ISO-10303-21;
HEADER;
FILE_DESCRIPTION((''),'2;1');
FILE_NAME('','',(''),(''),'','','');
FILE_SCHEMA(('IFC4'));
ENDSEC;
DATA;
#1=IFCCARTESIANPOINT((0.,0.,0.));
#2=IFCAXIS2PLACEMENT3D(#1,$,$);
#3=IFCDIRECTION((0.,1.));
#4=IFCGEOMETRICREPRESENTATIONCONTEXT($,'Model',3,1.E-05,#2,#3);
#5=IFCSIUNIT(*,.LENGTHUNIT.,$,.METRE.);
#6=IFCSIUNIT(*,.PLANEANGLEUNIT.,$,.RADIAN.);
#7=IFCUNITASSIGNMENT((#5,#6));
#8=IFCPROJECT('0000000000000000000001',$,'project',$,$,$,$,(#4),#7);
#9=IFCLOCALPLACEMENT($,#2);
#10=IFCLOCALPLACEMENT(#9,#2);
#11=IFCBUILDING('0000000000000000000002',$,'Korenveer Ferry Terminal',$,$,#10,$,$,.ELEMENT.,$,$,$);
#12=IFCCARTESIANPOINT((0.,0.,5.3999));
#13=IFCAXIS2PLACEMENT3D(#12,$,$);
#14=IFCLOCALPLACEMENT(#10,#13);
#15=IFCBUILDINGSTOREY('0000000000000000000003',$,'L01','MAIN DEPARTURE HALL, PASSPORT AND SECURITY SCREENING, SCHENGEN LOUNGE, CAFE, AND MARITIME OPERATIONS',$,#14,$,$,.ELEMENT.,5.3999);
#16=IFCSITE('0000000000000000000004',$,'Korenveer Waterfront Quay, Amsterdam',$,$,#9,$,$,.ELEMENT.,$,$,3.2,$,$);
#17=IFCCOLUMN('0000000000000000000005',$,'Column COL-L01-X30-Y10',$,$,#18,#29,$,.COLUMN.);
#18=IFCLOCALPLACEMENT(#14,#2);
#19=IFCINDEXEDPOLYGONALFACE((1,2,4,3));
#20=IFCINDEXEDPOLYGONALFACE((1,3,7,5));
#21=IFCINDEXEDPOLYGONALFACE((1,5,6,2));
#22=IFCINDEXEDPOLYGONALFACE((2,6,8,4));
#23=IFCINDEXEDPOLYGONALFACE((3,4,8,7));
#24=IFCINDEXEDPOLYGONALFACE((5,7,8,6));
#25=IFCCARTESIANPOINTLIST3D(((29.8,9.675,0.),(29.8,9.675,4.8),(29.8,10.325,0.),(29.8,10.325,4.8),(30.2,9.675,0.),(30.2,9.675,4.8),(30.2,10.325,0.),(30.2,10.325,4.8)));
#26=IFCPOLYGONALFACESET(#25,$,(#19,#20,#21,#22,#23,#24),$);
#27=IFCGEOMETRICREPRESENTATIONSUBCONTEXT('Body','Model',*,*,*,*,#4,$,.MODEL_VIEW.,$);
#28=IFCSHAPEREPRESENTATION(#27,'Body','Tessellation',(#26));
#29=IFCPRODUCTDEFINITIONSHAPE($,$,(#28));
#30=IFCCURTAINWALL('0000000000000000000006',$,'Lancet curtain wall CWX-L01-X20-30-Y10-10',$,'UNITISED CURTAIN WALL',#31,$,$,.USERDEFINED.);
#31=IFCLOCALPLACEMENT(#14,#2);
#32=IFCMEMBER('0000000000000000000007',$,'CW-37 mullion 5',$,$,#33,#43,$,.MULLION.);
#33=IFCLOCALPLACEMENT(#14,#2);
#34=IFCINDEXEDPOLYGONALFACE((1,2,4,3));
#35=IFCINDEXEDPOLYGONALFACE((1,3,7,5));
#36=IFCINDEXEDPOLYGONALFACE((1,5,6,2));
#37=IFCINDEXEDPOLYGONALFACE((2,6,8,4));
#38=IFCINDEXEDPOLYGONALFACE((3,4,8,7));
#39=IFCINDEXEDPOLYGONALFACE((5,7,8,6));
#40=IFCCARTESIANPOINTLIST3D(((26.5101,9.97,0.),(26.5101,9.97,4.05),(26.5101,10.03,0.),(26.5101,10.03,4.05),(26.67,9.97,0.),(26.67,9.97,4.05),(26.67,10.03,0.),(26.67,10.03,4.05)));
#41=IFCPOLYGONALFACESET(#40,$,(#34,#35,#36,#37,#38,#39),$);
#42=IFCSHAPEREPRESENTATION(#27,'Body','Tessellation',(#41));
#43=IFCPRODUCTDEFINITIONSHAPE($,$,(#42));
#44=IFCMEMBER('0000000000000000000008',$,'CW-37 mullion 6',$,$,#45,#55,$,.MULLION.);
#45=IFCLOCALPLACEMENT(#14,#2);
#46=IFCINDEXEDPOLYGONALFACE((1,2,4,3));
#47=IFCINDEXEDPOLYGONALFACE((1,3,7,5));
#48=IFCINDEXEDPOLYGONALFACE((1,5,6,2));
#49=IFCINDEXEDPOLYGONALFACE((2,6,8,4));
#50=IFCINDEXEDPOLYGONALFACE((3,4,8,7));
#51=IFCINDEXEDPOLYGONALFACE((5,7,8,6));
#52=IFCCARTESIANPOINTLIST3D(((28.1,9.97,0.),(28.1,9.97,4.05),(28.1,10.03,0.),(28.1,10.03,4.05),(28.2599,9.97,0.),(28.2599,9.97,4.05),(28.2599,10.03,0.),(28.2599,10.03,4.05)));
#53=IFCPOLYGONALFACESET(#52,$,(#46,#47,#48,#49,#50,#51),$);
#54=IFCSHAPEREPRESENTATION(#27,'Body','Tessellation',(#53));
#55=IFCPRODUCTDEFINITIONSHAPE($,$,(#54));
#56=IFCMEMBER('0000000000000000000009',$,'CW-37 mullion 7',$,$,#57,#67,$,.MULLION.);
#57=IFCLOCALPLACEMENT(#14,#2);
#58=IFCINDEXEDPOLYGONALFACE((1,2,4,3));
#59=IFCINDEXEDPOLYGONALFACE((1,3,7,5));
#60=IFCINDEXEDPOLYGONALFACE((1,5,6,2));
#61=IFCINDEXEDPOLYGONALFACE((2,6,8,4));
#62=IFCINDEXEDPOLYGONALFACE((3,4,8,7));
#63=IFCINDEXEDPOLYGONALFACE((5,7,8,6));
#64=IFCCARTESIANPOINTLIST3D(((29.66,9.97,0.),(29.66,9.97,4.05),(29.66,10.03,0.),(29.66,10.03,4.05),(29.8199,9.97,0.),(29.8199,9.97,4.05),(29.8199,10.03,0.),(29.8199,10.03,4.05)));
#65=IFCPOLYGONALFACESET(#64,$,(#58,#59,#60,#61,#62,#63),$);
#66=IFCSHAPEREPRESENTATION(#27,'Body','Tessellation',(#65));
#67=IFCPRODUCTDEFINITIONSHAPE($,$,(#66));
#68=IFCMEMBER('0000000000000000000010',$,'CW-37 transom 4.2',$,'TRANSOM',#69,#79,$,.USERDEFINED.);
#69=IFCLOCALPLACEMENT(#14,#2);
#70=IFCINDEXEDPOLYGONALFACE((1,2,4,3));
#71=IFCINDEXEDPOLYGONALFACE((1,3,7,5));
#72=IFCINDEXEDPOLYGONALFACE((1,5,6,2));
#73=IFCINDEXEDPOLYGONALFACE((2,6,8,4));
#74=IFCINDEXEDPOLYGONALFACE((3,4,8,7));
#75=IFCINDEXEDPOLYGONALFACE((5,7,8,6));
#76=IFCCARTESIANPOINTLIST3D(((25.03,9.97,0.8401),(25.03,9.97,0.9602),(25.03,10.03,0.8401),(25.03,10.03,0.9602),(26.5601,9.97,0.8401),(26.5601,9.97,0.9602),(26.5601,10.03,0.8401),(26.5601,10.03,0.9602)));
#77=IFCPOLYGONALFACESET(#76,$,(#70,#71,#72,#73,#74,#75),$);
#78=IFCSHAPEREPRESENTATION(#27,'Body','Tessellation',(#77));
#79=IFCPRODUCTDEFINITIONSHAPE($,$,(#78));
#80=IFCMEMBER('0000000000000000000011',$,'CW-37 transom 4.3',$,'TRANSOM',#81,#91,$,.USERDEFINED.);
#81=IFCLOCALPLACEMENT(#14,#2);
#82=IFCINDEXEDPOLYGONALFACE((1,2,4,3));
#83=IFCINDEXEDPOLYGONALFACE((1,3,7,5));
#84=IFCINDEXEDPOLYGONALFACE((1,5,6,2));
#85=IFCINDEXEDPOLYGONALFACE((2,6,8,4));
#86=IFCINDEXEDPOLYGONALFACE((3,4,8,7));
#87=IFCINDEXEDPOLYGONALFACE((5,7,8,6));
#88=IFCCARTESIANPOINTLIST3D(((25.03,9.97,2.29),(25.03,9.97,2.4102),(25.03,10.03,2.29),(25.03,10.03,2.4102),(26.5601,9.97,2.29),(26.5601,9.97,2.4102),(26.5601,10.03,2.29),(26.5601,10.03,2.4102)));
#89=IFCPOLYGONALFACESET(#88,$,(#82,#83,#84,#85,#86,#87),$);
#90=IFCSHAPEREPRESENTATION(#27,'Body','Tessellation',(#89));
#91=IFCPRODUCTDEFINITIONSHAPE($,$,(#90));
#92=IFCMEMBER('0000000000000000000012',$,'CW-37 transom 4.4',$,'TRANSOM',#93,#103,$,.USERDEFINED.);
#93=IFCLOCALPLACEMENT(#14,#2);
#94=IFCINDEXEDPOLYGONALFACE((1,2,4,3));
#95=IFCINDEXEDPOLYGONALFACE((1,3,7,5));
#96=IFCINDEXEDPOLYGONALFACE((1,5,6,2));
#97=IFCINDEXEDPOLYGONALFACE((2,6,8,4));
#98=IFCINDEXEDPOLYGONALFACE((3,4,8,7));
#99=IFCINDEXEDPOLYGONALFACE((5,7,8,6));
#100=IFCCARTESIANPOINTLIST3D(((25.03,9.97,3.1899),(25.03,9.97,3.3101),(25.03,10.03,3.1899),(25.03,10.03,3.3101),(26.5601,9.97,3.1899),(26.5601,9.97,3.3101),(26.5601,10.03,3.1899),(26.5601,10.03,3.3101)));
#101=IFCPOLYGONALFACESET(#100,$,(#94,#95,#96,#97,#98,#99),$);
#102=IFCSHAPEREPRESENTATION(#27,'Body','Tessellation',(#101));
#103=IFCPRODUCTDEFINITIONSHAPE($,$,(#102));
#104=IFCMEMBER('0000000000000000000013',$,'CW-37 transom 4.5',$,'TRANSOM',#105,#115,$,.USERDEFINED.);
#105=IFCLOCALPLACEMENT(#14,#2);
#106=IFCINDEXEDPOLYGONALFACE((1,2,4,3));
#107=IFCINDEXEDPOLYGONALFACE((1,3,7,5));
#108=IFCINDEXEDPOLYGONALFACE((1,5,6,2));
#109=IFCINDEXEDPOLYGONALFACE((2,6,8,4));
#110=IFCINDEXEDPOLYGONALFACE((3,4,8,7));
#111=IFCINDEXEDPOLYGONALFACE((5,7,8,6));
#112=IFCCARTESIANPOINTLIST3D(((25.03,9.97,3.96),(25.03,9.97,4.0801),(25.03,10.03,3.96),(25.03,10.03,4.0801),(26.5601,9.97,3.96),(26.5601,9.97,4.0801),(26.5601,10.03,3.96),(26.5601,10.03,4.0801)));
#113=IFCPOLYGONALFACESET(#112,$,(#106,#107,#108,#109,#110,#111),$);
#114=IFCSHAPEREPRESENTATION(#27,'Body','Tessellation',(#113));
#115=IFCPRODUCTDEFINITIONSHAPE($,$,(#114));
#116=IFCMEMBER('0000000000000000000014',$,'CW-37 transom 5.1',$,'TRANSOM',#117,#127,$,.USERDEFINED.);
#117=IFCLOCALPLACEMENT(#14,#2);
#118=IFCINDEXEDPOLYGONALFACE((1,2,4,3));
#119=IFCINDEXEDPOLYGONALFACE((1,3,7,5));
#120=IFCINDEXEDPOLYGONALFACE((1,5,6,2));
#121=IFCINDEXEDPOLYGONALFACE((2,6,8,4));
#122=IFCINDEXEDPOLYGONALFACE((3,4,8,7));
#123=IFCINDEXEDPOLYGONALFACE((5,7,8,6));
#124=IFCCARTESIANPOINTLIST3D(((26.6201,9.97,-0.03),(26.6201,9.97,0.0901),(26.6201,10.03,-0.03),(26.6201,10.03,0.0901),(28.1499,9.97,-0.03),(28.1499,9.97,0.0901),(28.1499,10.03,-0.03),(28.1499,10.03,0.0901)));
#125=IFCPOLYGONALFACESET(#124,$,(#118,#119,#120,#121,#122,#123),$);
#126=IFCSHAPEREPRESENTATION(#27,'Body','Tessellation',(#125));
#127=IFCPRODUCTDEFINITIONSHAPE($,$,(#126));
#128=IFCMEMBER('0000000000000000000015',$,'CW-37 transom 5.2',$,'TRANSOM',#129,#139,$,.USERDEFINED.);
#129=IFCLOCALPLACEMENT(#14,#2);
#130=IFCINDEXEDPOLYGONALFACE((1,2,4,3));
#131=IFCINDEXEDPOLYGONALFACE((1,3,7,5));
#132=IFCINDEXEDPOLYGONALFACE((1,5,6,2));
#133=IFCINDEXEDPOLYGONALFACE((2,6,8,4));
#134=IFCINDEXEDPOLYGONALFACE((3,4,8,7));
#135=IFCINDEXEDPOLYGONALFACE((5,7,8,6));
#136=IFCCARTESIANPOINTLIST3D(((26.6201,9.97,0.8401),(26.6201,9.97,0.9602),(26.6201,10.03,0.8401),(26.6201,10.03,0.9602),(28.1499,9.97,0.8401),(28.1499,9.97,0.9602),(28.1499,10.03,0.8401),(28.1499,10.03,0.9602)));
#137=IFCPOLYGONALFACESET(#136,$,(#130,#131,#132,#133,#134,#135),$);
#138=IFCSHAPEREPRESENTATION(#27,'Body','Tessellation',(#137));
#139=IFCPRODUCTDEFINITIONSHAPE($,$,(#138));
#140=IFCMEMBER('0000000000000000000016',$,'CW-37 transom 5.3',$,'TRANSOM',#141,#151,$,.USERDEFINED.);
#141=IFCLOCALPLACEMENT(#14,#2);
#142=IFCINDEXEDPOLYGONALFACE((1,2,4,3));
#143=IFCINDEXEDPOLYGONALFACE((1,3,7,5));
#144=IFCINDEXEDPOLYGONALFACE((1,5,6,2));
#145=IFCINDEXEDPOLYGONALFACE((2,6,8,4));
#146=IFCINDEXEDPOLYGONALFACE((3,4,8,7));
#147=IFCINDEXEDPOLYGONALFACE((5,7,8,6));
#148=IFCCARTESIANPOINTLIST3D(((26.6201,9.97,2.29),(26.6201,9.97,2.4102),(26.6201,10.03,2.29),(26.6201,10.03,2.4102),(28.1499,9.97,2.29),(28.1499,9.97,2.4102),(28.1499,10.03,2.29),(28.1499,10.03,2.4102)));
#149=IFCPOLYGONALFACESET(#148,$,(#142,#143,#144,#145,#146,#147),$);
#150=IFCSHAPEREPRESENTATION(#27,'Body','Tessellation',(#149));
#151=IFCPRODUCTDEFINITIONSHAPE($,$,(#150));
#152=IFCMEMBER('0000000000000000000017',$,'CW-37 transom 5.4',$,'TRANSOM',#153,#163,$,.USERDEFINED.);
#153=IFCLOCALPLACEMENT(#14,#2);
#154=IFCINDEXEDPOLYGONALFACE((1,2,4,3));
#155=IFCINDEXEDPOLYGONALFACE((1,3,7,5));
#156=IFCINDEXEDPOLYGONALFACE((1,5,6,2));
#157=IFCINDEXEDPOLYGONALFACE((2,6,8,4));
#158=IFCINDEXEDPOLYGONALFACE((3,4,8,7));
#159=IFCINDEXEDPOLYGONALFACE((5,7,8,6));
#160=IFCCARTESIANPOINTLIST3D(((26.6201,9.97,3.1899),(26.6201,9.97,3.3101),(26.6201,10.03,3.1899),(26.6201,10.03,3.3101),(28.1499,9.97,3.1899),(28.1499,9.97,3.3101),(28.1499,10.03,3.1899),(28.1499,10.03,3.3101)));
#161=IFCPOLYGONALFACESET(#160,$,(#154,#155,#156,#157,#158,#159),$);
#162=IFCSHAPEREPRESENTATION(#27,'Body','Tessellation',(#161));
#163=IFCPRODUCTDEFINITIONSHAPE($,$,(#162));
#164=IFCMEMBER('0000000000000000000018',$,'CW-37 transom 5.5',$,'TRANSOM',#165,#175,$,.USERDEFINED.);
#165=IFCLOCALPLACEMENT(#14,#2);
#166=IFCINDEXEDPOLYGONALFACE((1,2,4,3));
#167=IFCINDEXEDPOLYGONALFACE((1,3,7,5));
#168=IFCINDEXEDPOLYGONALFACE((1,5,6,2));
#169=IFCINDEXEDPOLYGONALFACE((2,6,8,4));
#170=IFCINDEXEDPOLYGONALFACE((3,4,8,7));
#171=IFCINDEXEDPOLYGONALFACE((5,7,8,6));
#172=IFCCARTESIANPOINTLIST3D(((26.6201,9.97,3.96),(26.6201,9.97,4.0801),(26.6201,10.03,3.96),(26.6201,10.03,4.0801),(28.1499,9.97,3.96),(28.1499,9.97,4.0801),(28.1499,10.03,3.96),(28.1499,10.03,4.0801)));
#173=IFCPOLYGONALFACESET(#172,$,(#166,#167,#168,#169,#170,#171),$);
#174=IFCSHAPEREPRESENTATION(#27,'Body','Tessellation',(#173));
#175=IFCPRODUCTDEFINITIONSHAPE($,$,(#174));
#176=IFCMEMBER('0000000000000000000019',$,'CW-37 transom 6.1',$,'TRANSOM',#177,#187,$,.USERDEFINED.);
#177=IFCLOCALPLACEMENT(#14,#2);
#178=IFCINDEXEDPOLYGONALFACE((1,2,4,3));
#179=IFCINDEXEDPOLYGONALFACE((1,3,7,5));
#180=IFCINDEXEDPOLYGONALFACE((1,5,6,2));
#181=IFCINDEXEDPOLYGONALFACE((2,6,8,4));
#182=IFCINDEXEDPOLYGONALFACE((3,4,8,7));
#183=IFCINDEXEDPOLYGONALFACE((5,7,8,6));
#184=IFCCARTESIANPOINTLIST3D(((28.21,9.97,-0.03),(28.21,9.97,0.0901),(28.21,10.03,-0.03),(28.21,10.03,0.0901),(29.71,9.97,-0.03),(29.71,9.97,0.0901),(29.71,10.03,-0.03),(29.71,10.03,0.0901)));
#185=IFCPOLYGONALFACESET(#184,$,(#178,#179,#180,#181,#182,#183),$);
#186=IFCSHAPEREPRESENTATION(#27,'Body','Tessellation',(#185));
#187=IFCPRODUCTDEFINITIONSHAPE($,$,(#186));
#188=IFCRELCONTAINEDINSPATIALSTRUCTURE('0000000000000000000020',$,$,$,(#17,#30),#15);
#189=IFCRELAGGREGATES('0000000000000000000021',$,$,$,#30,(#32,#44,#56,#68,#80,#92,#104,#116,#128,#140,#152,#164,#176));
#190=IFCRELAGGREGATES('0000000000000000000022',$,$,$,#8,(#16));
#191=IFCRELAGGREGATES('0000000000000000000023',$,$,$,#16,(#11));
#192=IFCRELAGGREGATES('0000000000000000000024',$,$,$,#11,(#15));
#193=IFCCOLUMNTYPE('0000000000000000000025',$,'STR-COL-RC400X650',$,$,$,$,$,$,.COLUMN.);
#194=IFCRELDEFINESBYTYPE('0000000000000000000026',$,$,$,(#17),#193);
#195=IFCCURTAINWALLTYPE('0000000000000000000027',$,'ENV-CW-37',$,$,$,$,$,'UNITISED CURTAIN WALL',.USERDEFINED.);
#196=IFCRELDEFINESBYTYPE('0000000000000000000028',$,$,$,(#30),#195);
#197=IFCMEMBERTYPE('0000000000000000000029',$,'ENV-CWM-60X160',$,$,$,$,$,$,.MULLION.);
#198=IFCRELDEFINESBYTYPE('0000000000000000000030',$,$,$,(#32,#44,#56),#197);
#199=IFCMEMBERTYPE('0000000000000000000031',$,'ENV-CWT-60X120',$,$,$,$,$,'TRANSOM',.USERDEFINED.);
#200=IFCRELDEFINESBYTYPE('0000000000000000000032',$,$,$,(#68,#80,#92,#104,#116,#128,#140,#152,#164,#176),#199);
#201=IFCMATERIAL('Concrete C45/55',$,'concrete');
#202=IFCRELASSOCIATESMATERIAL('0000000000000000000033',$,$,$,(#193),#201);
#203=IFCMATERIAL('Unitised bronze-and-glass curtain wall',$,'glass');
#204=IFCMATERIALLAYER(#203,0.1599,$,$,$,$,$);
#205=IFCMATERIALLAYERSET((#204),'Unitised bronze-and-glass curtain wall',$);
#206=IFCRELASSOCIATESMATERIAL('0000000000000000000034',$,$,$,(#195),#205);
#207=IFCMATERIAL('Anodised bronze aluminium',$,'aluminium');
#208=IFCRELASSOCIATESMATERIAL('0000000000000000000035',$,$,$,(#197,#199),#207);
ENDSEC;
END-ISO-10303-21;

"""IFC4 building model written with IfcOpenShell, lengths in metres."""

from ifc_helpers import new_model, si_unit, direction, frame, origin, origin_2d, place, context, subcontext, project, spatial, rectangle, extrude, material, layer, layer_set, material_profile, profile_set, type_object, element, aggregate, save


model = new_model("IFC4")

# Units and contexts
model_context = context("Model", 3, precision=1e-05, world=origin(), true_north=direction((0.0, 1.0)))
body_context = subcontext(model_context, "Body", "Model", "MODEL_VIEW")
ifc_project = project(units=[si_unit("LENGTHUNIT", "METRE"), si_unit("PLANEANGLEUNIT", "RADIAN")], contexts=[model_context])

# Site, building, storey
site_placement = place(None, origin())
site = spatial("IfcSite", under=ifc_project, at=site_placement, Name="Korenveer Waterfront Quay, Amsterdam", CompositionType="ELEMENT", RefElevation=3.2)
building_placement = place(site_placement, origin())
building = spatial("IfcBuilding", under=site, at=building_placement, Name="Korenveer Ferry Terminal", CompositionType="ELEMENT")
storey_placement = place(building_placement, frame((0.0, 0.0, 5.3999)))
storey = spatial("IfcBuildingStorey", under=building, at=storey_placement, Name="L01", Description="MAIN DEPARTURE HALL, PASSPORT AND SECURITY SCREENING, SCHENGEN LOUNGE, CAFE, AND MARITIME OPERATIONS", CompositionType="ELEMENT", Elevation=5.3999)

# Column
ifc_material_1 = material(Name="Concrete C45/55", Category="concrete")
ifc_material_profile_1 = material_profile(ifc_material_1, rectangle(XDim=0.3999, YDim=0.6499, at=origin_2d()), Name="RC 400x650")
ifc_profile_set_1 = profile_set([ifc_material_profile_1], Name="Concrete C45/55")
column_type = type_object("IfcColumnType", Name="STR-COL-RC400X650", PredefinedType="COLUMN", material=ifc_profile_set_1)
column_placement = place(storey_placement, frame((30.0, 10.0, 0.0), z_axis=(0.0, 0.0, 1.0), x_axis=(1.0, 0.0, 0.0)))
element("IfcColumn", 1, at=column_placement, inside=storey, type_object=column_type, Name="Column COL-L01-X30-Y10", PredefinedType="COLUMN", context=body_context, shape_type="SweptSolid", body=[
    extrude(rectangle(XDim=0.3999, YDim=0.6499, at=origin_2d()), origin(), (0.0, 0.0, 1.0), 4.8),
])

# Curtain wall, members
ifc_material_2 = material(Name="Unitised bronze-and-glass curtain wall", Category="glass")
ifc_layer_1 = layer(ifc_material_2, 0.1599)
ifc_layer_set_1 = layer_set([ifc_layer_1], Name="Unitised bronze-and-glass curtain wall")
curtain_wall_type = type_object("IfcCurtainWallType", Name="ENV-CW-37", ElementType="UNITISED CURTAIN WALL", PredefinedType="USERDEFINED", material=ifc_layer_set_1)
curtain_wall_placement = place(storey_placement, frame((20.23, 10.0, 0.0)))
curtain_wall = element("IfcCurtainWall", 2, at=curtain_wall_placement, inside=storey, type_object=curtain_wall_type, Name="Lancet curtain wall CWX-L01-X20-30-Y10-10", ObjectType="UNITISED CURTAIN WALL", PredefinedType="USERDEFINED")
ifc_material_3 = material(Name="Anodised bronze aluminium", Category="aluminium")
ifc_material_profile_2 = material_profile(ifc_material_3, rectangle(XDim=0.0601, YDim=0.1599, at=origin_2d()), Name="ALU 60x160")
ifc_profile_set_2 = profile_set([ifc_material_profile_2], Name="Anodised bronze aluminium")
member_type_1 = type_object("IfcMemberType", Name="ENV-CWM-60X160", PredefinedType="MULLION", material=ifc_profile_set_2)
member_1_placement = place(storey_placement, frame((26.5901, 10.0, 0.0), z_axis=(0.0, 0.0, 1.0), x_axis=(0.0, 1.0, 0.0)))
member_1 = element("IfcMember", 3, at=member_1_placement, type_object=member_type_1, Name="CW-37 mullion 5", PredefinedType="MULLION", context=body_context, shape_type="SweptSolid", body=[
    extrude(rectangle(XDim=0.0601, YDim=0.1599, at=origin_2d()), origin(), (0.0, 0.0, 1.0), 4.05),
])
member_2_placement = place(storey_placement, frame((28.1799, 10.0, 0.0), z_axis=(0.0, 0.0, 1.0), x_axis=(0.0, 1.0, 0.0)))
member_2 = element("IfcMember", 4, at=member_2_placement, type_object=member_type_1, Name="CW-37 mullion 6", PredefinedType="MULLION", context=body_context, shape_type="SweptSolid", body=[
    extrude(rectangle(XDim=0.0601, YDim=0.1599, at=origin_2d()), origin(), (0.0, 0.0, 1.0), 4.05),
])
member_3_placement = place(storey_placement, frame((29.74, 10.0, 0.0), z_axis=(0.0, 0.0, 1.0), x_axis=(0.0, 1.0, 0.0)))
member_3 = element("IfcMember", 5, at=member_3_placement, type_object=member_type_1, Name="CW-37 mullion 7", PredefinedType="MULLION", context=body_context, shape_type="SweptSolid", body=[
    extrude(rectangle(XDim=0.0601, YDim=0.1599, at=origin_2d()), origin(), (0.0, 0.0, 1.0), 4.05),
])
ifc_material_profile_3 = material_profile(ifc_material_3, rectangle(XDim=0.0601, YDim=0.1201, at=origin_2d()), Name="ALU 60x120")
ifc_profile_set_3 = profile_set([ifc_material_profile_3], Name="Anodised bronze aluminium")
member_type_2 = type_object("IfcMemberType", Name="ENV-CWT-60X120", ElementType="TRANSOM", PredefinedType="USERDEFINED", material=ifc_profile_set_3)
member_4_placement = place(storey_placement, frame((25.03, 10.0, 0.9001), z_axis=(1.0, 0.0, 0.0), x_axis=(0.0, 1.0, 0.0)))
member_4 = element("IfcMember", 6, at=member_4_placement, type_object=member_type_2, Name="CW-37 transom 4.2", ObjectType="TRANSOM", PredefinedType="USERDEFINED", context=body_context, shape_type="SweptSolid", body=[
    extrude(rectangle(XDim=0.0601, YDim=0.1201, at=origin_2d()), origin(), (0.0, 0.0, 1.0), 1.53),
])
member_5_placement = place(storey_placement, frame((25.03, 10.0, 2.3501), z_axis=(1.0, 0.0, 0.0), x_axis=(0.0, 1.0, 0.0)))
member_5 = element("IfcMember", 7, at=member_5_placement, type_object=member_type_2, Name="CW-37 transom 4.3", ObjectType="TRANSOM", PredefinedType="USERDEFINED", context=body_context, shape_type="SweptSolid", body=[
    extrude(rectangle(XDim=0.0601, YDim=0.1201, at=origin_2d()), origin(), (0.0, 0.0, 1.0), 1.53),
])
member_6_placement = place(storey_placement, frame((25.03, 10.0, 3.25), z_axis=(1.0, 0.0, 0.0), x_axis=(0.0, 1.0, 0.0)))
member_6 = element("IfcMember", 8, at=member_6_placement, type_object=member_type_2, Name="CW-37 transom 4.4", ObjectType="TRANSOM", PredefinedType="USERDEFINED", context=body_context, shape_type="SweptSolid", body=[
    extrude(rectangle(XDim=0.0601, YDim=0.1201, at=origin_2d()), origin(), (0.0, 0.0, 1.0), 1.53),
])
member_7_placement = place(storey_placement, frame((25.03, 10.0, 4.02), z_axis=(1.0, 0.0, 0.0), x_axis=(0.0, 1.0, 0.0)))
member_7 = element("IfcMember", 9, at=member_7_placement, type_object=member_type_2, Name="CW-37 transom 4.5", ObjectType="TRANSOM", PredefinedType="USERDEFINED", context=body_context, shape_type="SweptSolid", body=[
    extrude(rectangle(XDim=0.0601, YDim=0.1201, at=origin_2d()), origin(), (0.0, 0.0, 1.0), 1.53),
])
member_8_placement = place(storey_placement, frame((26.6201, 10.0, 0.03), z_axis=(1.0, 0.0, 0.0), x_axis=(0.0, 1.0, 0.0)))
member_8 = element("IfcMember", 10, at=member_8_placement, type_object=member_type_2, Name="CW-37 transom 5.1", ObjectType="TRANSOM", PredefinedType="USERDEFINED", context=body_context, shape_type="SweptSolid", body=[
    extrude(rectangle(XDim=0.0601, YDim=0.1201, at=origin_2d()), origin(), (0.0, 0.0, 1.0), 1.5298),
])
member_9_placement = place(storey_placement, frame((26.6201, 10.0, 0.9001), z_axis=(1.0, 0.0, 0.0), x_axis=(0.0, 1.0, 0.0)))
member_9 = element("IfcMember", 11, at=member_9_placement, type_object=member_type_2, Name="CW-37 transom 5.2", ObjectType="TRANSOM", PredefinedType="USERDEFINED", context=body_context, shape_type="SweptSolid", body=[
    extrude(rectangle(XDim=0.0601, YDim=0.1201, at=origin_2d()), origin(), (0.0, 0.0, 1.0), 1.5298),
])
member_10_placement = place(storey_placement, frame((26.6201, 10.0, 2.3501), z_axis=(1.0, 0.0, 0.0), x_axis=(0.0, 1.0, 0.0)))
member_10 = element("IfcMember", 12, at=member_10_placement, type_object=member_type_2, Name="CW-37 transom 5.3", ObjectType="TRANSOM", PredefinedType="USERDEFINED", context=body_context, shape_type="SweptSolid", body=[
    extrude(rectangle(XDim=0.0601, YDim=0.1201, at=origin_2d()), origin(), (0.0, 0.0, 1.0), 1.5298),
])
member_11_placement = place(storey_placement, frame((26.6201, 10.0, 3.25), z_axis=(1.0, 0.0, 0.0), x_axis=(0.0, 1.0, 0.0)))
member_11 = element("IfcMember", 13, at=member_11_placement, type_object=member_type_2, Name="CW-37 transom 5.4", ObjectType="TRANSOM", PredefinedType="USERDEFINED", context=body_context, shape_type="SweptSolid", body=[
    extrude(rectangle(XDim=0.0601, YDim=0.1201, at=origin_2d()), origin(), (0.0, 0.0, 1.0), 1.5298),
])
member_12_placement = place(storey_placement, frame((26.6201, 10.0, 4.02), z_axis=(1.0, 0.0, 0.0), x_axis=(0.0, 1.0, 0.0)))
member_12 = element("IfcMember", 14, at=member_12_placement, type_object=member_type_2, Name="CW-37 transom 5.5", ObjectType="TRANSOM", PredefinedType="USERDEFINED", context=body_context, shape_type="SweptSolid", body=[
    extrude(rectangle(XDim=0.0601, YDim=0.1201, at=origin_2d()), origin(), (0.0, 0.0, 1.0), 1.5298),
])
member_13_placement = place(storey_placement, frame((28.21, 10.0, 0.03), z_axis=(1.0, 0.0, 0.0), x_axis=(0.0, 1.0, 0.0)))
member_13 = element("IfcMember", 15, at=member_13_placement, type_object=member_type_2, Name="CW-37 transom 6.1", ObjectType="TRANSOM", PredefinedType="USERDEFINED", context=body_context, shape_type="SweptSolid", body=[
    extrude(rectangle(XDim=0.0601, YDim=0.1201, at=origin_2d()), origin(), (0.0, 0.0, 1.0), 1.5),
])

aggregate(curtain_wall, [member_1, member_2, member_3, member_4, member_5, member_6, member_7, member_8, member_9, member_10, member_11, member_12, member_13])

save(model, "model.ifc")
